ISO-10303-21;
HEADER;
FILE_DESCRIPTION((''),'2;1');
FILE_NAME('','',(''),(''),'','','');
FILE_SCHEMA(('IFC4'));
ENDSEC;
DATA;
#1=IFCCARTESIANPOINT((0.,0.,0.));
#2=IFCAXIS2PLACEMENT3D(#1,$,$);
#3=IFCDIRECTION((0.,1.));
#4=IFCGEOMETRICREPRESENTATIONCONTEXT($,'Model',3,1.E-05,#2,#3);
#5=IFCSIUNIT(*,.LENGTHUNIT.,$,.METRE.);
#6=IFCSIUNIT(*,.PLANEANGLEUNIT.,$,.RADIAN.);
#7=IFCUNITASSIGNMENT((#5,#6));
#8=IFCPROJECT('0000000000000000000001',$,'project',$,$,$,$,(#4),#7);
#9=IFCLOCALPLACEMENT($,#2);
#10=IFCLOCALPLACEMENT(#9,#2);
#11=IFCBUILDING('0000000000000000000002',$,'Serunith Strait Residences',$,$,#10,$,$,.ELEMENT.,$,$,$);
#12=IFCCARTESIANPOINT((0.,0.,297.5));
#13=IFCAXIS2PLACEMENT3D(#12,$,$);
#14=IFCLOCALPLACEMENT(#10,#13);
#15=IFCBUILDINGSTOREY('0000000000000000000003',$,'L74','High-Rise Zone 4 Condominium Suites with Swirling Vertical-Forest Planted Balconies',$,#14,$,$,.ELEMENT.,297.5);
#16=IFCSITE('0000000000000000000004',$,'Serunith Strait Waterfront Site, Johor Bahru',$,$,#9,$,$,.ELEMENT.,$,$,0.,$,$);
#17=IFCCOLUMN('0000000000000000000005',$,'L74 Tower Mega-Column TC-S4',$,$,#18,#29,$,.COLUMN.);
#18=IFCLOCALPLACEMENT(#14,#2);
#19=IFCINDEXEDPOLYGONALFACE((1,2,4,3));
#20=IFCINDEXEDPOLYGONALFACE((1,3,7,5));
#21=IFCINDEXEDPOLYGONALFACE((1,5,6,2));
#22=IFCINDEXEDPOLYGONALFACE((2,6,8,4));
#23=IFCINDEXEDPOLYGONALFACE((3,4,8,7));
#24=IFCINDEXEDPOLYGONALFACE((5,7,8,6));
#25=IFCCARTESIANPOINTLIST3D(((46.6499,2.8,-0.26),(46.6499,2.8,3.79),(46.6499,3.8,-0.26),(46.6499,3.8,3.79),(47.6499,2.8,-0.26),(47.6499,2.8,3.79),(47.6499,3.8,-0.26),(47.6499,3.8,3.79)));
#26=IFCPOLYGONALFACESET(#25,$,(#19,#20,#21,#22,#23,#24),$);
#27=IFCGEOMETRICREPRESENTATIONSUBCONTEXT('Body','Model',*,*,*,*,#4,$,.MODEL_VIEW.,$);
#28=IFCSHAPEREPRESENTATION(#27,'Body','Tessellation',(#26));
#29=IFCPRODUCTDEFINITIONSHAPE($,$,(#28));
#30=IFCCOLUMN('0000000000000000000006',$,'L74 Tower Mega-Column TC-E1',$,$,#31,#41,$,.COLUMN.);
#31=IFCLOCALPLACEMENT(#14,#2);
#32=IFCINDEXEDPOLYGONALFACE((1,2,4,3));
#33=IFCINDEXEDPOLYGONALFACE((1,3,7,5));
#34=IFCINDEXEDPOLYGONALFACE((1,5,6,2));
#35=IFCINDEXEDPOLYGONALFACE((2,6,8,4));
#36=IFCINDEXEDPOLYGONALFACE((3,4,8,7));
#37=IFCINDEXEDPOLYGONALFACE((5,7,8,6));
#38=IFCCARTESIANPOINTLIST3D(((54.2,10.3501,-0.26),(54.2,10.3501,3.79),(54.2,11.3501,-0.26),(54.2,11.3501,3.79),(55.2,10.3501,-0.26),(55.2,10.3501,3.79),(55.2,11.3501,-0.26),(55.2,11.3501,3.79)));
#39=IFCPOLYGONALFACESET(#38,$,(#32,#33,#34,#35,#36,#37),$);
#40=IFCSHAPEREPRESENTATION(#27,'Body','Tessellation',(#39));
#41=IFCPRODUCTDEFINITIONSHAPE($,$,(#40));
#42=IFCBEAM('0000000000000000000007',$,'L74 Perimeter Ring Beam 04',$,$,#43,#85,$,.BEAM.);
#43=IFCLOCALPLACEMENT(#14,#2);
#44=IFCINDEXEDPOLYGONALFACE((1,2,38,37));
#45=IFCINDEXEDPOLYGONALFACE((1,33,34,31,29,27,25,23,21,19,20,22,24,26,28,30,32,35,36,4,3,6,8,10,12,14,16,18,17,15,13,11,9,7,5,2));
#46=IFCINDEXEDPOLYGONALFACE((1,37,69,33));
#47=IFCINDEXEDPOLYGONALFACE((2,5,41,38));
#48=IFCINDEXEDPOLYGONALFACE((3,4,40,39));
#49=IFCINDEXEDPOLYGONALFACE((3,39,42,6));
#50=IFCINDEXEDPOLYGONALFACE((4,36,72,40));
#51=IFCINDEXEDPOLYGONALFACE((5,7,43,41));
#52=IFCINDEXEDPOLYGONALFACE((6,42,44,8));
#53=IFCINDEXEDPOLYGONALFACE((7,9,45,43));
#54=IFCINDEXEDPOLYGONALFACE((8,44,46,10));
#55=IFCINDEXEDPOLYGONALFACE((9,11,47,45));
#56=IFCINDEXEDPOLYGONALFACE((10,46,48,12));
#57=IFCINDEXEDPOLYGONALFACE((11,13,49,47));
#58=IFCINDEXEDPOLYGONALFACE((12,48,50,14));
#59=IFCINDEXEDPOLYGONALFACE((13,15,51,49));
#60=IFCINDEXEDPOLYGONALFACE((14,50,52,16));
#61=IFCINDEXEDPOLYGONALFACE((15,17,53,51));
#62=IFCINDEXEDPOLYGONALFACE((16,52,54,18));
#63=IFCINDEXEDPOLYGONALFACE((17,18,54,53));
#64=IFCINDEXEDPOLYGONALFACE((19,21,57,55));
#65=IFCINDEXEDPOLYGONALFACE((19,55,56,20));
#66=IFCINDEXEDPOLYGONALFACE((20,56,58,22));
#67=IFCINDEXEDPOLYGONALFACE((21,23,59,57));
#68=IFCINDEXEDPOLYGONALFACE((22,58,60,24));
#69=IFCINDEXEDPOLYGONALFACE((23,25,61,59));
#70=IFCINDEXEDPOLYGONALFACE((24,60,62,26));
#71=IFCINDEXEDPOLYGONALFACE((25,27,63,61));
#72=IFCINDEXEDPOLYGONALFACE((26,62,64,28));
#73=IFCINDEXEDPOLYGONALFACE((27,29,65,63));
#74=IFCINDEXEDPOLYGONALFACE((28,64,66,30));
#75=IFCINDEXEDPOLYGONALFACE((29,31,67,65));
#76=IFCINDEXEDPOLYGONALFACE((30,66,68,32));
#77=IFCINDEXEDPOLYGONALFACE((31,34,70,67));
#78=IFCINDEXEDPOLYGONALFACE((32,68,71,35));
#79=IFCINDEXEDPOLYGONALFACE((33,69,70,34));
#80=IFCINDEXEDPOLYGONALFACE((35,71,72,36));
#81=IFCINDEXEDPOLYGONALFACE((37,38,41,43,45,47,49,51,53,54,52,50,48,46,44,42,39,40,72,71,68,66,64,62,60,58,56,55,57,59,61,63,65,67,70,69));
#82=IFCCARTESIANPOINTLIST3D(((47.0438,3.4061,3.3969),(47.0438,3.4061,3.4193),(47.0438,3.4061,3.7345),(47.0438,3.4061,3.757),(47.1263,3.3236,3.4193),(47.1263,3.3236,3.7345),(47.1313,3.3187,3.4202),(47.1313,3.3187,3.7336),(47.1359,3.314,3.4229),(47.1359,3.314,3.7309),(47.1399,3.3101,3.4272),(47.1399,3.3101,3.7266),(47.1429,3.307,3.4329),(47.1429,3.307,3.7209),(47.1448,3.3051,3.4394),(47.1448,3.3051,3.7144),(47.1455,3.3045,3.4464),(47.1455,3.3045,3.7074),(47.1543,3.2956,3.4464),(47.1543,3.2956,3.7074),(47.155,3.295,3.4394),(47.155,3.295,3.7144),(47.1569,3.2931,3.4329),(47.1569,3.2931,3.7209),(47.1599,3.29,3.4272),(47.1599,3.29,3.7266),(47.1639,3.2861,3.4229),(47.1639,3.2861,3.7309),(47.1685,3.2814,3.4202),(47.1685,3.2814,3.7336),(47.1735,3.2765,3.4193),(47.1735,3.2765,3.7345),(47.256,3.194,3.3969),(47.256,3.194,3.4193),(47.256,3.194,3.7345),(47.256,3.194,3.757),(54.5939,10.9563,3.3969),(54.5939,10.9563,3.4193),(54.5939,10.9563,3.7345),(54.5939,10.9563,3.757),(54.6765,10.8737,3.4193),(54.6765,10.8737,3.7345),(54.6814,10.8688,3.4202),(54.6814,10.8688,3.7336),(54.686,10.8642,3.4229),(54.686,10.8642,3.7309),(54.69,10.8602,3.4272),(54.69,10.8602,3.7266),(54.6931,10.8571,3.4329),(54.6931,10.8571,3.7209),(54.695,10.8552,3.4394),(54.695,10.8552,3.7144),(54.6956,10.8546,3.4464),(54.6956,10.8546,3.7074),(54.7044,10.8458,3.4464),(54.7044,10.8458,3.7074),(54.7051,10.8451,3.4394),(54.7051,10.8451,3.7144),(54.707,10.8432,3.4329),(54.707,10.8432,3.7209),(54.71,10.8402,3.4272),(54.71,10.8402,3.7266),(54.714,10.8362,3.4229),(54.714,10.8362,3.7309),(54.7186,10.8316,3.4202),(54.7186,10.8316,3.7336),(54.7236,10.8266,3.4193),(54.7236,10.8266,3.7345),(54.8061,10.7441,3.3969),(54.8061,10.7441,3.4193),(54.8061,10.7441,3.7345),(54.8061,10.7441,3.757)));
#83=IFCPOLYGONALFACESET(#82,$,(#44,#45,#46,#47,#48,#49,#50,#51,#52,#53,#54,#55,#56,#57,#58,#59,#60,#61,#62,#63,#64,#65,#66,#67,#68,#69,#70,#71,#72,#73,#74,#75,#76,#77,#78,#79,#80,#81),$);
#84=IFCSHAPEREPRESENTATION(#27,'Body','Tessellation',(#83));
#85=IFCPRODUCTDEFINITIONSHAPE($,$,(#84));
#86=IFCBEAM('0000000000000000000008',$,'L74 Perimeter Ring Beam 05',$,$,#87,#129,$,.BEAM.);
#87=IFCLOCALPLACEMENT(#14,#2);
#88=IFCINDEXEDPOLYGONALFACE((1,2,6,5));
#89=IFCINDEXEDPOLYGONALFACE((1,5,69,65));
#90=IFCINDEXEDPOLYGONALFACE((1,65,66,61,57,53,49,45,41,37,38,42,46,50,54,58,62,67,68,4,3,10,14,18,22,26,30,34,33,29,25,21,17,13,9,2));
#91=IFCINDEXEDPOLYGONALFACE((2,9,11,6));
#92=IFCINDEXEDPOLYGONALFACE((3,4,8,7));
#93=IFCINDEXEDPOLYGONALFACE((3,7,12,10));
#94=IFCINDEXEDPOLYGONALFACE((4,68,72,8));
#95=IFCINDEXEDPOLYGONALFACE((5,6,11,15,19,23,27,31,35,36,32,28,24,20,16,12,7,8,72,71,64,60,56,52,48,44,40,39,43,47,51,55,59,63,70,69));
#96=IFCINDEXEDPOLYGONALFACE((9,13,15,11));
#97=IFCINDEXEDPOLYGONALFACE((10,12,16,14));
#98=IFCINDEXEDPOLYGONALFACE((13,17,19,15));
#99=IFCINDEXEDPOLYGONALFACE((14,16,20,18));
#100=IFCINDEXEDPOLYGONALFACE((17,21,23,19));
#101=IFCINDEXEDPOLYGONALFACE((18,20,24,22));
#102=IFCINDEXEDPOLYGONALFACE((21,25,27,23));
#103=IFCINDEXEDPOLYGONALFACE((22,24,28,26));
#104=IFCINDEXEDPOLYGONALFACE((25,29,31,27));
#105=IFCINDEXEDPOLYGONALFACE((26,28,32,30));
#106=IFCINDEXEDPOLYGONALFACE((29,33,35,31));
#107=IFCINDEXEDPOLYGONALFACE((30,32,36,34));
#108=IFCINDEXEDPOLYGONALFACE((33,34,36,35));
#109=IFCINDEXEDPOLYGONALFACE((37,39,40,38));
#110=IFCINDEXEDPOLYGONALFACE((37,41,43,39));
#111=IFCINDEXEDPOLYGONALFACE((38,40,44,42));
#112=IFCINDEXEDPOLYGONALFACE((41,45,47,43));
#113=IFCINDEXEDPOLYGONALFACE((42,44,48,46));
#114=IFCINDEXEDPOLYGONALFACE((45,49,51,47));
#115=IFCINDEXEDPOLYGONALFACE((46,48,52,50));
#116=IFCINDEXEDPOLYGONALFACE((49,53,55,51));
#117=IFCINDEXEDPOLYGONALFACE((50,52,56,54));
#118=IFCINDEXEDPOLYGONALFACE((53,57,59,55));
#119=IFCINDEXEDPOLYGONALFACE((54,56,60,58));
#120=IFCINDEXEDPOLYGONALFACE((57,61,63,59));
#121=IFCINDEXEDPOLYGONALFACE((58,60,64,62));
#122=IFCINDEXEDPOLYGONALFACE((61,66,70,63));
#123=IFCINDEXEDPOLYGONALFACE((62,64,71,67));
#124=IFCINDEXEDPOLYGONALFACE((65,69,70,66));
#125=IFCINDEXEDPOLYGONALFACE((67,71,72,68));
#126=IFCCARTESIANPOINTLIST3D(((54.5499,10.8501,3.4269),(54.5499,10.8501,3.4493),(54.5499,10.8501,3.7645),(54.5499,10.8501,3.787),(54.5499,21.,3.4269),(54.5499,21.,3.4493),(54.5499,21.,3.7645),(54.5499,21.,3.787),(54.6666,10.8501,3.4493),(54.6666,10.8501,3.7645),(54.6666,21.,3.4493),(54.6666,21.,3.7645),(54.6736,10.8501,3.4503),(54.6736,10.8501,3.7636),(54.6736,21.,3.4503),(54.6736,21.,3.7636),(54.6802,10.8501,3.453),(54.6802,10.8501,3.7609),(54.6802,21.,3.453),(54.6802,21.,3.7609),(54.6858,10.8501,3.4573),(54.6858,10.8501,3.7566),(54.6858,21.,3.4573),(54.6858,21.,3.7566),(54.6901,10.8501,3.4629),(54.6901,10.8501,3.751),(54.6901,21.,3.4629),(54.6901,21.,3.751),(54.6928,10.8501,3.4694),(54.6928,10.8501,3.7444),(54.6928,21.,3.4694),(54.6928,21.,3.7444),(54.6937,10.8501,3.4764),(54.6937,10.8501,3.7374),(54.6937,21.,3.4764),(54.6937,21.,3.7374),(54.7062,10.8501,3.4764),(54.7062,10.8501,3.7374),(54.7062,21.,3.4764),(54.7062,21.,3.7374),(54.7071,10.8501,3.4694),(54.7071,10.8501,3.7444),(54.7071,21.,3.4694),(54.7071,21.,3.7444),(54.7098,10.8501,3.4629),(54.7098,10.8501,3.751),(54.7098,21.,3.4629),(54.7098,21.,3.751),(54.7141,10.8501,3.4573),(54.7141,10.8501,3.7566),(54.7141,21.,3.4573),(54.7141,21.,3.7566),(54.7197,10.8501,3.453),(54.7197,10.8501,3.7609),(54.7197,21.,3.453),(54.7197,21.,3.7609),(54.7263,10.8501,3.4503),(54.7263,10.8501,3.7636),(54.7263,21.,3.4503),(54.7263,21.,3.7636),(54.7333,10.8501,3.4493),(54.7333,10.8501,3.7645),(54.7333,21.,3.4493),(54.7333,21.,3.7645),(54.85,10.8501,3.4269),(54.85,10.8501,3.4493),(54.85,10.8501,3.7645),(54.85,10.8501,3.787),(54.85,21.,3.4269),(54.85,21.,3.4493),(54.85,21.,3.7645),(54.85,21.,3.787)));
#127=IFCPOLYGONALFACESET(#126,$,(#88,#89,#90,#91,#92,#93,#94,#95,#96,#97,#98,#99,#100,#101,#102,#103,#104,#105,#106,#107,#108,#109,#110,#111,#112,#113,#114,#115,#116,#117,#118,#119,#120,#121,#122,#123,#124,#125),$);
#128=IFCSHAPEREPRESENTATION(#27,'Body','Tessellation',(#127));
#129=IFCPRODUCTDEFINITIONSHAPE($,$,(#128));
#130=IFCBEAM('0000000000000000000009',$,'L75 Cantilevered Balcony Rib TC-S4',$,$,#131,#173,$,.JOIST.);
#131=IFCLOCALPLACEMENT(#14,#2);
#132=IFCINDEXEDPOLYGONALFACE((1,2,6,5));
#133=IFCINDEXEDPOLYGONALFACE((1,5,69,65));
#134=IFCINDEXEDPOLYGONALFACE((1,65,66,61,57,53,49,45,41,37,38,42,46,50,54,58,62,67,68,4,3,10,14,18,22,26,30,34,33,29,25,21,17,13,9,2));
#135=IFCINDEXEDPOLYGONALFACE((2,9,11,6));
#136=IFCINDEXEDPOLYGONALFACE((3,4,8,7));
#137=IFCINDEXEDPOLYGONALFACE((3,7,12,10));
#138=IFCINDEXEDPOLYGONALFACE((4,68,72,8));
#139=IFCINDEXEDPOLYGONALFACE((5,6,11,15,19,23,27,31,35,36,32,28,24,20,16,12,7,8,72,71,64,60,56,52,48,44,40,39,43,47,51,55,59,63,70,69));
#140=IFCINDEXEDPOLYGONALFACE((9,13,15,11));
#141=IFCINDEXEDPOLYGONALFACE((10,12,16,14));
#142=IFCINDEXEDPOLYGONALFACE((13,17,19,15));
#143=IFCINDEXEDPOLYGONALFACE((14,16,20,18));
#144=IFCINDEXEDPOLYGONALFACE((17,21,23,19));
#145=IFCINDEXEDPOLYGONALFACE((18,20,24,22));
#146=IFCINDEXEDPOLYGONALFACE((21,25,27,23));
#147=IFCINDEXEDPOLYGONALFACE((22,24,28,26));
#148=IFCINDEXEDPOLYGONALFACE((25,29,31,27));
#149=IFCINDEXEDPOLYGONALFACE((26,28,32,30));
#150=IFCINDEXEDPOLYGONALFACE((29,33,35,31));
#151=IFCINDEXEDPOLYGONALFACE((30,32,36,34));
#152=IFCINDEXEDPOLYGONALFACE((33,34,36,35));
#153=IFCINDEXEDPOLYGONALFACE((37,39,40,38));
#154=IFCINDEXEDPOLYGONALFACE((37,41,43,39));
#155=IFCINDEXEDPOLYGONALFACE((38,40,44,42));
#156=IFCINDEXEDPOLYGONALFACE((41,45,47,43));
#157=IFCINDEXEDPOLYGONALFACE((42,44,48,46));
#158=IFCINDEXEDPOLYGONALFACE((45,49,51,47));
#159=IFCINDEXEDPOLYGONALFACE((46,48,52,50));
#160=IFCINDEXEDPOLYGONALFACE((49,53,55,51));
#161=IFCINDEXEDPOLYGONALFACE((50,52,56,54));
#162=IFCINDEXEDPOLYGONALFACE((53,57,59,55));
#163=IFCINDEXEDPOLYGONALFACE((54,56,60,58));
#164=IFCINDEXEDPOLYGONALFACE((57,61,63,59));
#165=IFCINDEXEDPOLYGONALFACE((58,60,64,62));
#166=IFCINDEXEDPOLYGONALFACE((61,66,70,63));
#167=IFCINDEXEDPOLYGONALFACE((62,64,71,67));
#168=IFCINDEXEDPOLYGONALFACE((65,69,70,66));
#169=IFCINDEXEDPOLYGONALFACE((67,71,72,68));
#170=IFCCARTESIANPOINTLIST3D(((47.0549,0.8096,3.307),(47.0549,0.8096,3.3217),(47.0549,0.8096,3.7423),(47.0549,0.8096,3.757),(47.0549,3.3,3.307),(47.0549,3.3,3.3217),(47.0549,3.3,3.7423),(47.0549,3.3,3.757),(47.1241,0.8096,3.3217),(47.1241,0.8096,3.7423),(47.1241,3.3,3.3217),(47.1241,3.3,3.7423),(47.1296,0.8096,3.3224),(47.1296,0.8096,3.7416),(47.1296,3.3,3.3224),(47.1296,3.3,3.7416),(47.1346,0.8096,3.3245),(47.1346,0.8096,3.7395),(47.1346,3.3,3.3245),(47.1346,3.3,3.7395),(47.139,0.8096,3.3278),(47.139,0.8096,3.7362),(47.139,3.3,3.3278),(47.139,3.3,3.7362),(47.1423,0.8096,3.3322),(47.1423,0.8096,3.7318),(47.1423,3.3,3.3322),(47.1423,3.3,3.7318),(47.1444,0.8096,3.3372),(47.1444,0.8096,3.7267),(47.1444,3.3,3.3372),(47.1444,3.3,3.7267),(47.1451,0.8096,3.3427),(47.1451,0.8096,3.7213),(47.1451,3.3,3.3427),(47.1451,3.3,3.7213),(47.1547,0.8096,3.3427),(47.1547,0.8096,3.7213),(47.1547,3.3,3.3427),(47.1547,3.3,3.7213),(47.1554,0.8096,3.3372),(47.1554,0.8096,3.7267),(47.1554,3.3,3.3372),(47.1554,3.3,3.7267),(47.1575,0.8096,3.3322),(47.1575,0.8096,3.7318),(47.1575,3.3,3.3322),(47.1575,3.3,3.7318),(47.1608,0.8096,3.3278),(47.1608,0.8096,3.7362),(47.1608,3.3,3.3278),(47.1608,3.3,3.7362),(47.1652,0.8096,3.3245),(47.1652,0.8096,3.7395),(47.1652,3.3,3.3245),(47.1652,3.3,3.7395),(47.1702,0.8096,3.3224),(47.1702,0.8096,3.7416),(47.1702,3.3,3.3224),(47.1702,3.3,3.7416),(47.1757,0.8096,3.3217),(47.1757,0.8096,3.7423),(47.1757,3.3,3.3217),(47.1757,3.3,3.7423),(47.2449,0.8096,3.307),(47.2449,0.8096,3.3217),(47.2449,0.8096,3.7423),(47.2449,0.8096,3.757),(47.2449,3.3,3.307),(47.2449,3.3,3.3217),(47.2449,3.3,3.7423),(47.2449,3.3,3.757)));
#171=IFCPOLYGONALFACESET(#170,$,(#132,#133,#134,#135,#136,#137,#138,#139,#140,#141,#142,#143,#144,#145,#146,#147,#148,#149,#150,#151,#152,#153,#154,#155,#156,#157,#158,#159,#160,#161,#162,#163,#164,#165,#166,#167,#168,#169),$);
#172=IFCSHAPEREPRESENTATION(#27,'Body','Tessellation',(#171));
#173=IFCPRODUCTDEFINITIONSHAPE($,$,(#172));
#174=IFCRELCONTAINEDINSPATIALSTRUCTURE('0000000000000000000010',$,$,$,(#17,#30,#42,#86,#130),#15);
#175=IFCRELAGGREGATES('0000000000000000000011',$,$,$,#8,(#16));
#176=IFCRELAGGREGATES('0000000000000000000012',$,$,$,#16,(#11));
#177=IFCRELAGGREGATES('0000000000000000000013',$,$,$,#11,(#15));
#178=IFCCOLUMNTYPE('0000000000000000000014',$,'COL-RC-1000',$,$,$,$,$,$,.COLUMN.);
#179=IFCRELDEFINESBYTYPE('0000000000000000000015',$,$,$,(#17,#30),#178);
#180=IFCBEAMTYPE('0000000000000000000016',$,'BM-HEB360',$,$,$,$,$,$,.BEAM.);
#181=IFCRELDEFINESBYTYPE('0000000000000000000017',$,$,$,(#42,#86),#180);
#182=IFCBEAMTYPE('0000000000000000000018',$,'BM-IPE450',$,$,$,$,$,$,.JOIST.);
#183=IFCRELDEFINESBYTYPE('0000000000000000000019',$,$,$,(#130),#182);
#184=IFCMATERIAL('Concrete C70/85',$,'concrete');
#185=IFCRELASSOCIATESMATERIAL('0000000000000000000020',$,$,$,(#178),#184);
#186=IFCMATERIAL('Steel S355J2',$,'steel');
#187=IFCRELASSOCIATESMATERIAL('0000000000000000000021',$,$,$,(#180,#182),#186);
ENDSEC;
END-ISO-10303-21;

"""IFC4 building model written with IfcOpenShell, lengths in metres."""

from ifc_helpers import new_model, si_unit, direction, frame, origin, origin_2d, place, context, subcontext, project, spatial, rectangle, i_section, extrude, source, transform, mapped, material, material_profile, profile_set, type_object, element, save


model = new_model("IFC4")

# Units and contexts
model_context = context("Model", 3, precision=1e-05, world=origin(), true_north=direction((0.0, 1.0)))
body_context = subcontext(model_context, "Body", "Model", "MODEL_VIEW")
ifc_project = project(units=[si_unit("LENGTHUNIT", "METRE"), si_unit("PLANEANGLEUNIT", "RADIAN")], contexts=[model_context])

# Site, building, storey
site_placement = place(None, origin())
site = spatial("IfcSite", under=ifc_project, at=site_placement, Name="Serunith Strait Waterfront Site, Johor Bahru", CompositionType="ELEMENT", RefElevation=0.0)
building_placement = place(site_placement, origin())
building = spatial("IfcBuilding", under=site, at=building_placement, Name="Serunith Strait Residences", CompositionType="ELEMENT")
storey_placement = place(building_placement, frame((0.0, 0.0, 297.5)))
storey = spatial("IfcBuildingStorey", under=building, at=storey_placement, Name="L74", Description="High-Rise Zone 4 Condominium Suites with Swirling Vertical-Forest Planted Balconies", CompositionType="ELEMENT", Elevation=297.5)

# Columns
ifc_material_1 = material(Name="Concrete C70/85", Category="concrete")
ifc_material_profile_1 = material_profile(ifc_material_1, rectangle(XDim=1.0, YDim=1.0, at=origin_2d()), Name="RC 1000x1000")
ifc_profile_set_1 = profile_set([ifc_material_profile_1], Name="Concrete C70/85")
column_type = type_object("IfcColumnType", Name="COL-RC-1000", PredefinedType="COLUMN", material=ifc_profile_set_1)
shared_shape_1 = source(origin(), body_context, "Body", "SweptSolid", [
    extrude(rectangle(XDim=1.0, YDim=1.0, at=origin_2d()), origin(), (0.0, 0.0, 1.0), 4.05),
])
for number, where, z_axis, x_axis, name in (
    (1, (47.1499, 3.3, -0.26), (0.0, 0.0, 1.0), (1.0, 0.0, 0.0), "L74 Tower Mega-Column TC-S4"),
    (2, (54.7, 10.8501, -0.26), (0.0, 0.0, 1.0), (1.0, 0.0, 0.0), "L74 Tower Mega-Column TC-E1"),
):
    element("IfcColumn", number, at=place(storey_placement, frame(where, z_axis=z_axis, x_axis=x_axis)), inside=storey, type_object=column_type, Name=name, PredefinedType="COLUMN", context=body_context, shape_type="MappedRepresentation", body=[
        mapped(shared_shape_1, transform((0.0, 0.0, 0.0), scale=1.0)),
    ])

# Beams
ifc_material_2 = material(Name="Steel S355J2", Category="steel")
ifc_material_profile_2 = material_profile(ifc_material_2, i_section(OverallWidth=0.3, OverallDepth=0.3601, WebThickness=0.0125, FlangeThickness=0.0225, FilletRadius=0.0271, at=origin_2d()), Name="HEB 360")
ifc_profile_set_2 = profile_set([ifc_material_profile_2], Name="Steel S355J2")
beam_type_1 = type_object("IfcBeamType", Name="BM-HEB360", PredefinedType="BEAM", material=ifc_profile_set_2)
shared_shape_2 = source(origin(), body_context, "Body", "SweptSolid", [
    extrude(i_section(OverallWidth=0.3, OverallDepth=0.3601, WebThickness=0.0125, FlangeThickness=0.0225, FilletRadius=0.0271, at=origin_2d()), origin(), (0.0, 0.0, 1.0), 10.6775),
])
beam_1_placement = place(storey_placement, frame((47.1499, 3.3, 3.5769), z_axis=(0.707107, 0.707107, 0.0), x_axis=(-0.707107, 0.707107, 0.0)))
element("IfcBeam", 3, at=beam_1_placement, inside=storey, type_object=beam_type_1, Name="L74 Perimeter Ring Beam 04", PredefinedType="BEAM", context=body_context, shape_type="MappedRepresentation", body=[
    mapped(shared_shape_2, transform((0.0, 0.0, 0.0), scale=1.0)),
])
shared_shape_3 = source(origin(), body_context, "Body", "SweptSolid", [
    extrude(i_section(OverallWidth=0.3, OverallDepth=0.3601, WebThickness=0.0125, FlangeThickness=0.0225, FilletRadius=0.0271, at=origin_2d()), origin(), (0.0, 0.0, 1.0), 10.1499),
])
beam_2_placement = place(storey_placement, frame((54.7, 10.8501, 3.6069), z_axis=(0.0, 1.0, 0.0), x_axis=(-1.0, 0.0, 0.0)))
element("IfcBeam", 4, at=beam_2_placement, inside=storey, type_object=beam_type_1, Name="L74 Perimeter Ring Beam 05", PredefinedType="BEAM", context=body_context, shape_type="MappedRepresentation", body=[
    mapped(shared_shape_3, transform((0.0, 0.0, 0.0), scale=1.0)),
])
ifc_material_profile_3 = material_profile(ifc_material_2, i_section(OverallWidth=0.1899, OverallDepth=0.45, WebThickness=0.0095, FlangeThickness=0.0146, FilletRadius=0.021, at=origin_2d()), Name="IPE 450")
ifc_profile_set_3 = profile_set([ifc_material_profile_3], Name="Steel S355J2")
beam_type_2 = type_object("IfcBeamType", Name="BM-IPE450", PredefinedType="JOIST", material=ifc_profile_set_3)
shared_shape_4 = source(origin(), body_context, "Body", "SweptSolid", [
    extrude(i_section(OverallWidth=0.1899, OverallDepth=0.45, WebThickness=0.0095, FlangeThickness=0.0146, FilletRadius=0.021, at=origin_2d()), origin(), (0.0, 0.0, 1.0), 2.4905),
])
beam_3_placement = place(storey_placement, frame((47.1499, 3.3, 3.532), z_axis=(0.0, -1.0, 0.0), x_axis=(1.0, 0.0, 0.0)))
element("IfcBeam", 5, at=beam_3_placement, inside=storey, type_object=beam_type_2, Name="L75 Cantilevered Balcony Rib TC-S4", PredefinedType="JOIST", context=body_context, shape_type="MappedRepresentation", body=[
    mapped(shared_shape_4, transform((0.0, 0.0, 0.0), scale=1.0)),
])

save(model, "model.ifc")
